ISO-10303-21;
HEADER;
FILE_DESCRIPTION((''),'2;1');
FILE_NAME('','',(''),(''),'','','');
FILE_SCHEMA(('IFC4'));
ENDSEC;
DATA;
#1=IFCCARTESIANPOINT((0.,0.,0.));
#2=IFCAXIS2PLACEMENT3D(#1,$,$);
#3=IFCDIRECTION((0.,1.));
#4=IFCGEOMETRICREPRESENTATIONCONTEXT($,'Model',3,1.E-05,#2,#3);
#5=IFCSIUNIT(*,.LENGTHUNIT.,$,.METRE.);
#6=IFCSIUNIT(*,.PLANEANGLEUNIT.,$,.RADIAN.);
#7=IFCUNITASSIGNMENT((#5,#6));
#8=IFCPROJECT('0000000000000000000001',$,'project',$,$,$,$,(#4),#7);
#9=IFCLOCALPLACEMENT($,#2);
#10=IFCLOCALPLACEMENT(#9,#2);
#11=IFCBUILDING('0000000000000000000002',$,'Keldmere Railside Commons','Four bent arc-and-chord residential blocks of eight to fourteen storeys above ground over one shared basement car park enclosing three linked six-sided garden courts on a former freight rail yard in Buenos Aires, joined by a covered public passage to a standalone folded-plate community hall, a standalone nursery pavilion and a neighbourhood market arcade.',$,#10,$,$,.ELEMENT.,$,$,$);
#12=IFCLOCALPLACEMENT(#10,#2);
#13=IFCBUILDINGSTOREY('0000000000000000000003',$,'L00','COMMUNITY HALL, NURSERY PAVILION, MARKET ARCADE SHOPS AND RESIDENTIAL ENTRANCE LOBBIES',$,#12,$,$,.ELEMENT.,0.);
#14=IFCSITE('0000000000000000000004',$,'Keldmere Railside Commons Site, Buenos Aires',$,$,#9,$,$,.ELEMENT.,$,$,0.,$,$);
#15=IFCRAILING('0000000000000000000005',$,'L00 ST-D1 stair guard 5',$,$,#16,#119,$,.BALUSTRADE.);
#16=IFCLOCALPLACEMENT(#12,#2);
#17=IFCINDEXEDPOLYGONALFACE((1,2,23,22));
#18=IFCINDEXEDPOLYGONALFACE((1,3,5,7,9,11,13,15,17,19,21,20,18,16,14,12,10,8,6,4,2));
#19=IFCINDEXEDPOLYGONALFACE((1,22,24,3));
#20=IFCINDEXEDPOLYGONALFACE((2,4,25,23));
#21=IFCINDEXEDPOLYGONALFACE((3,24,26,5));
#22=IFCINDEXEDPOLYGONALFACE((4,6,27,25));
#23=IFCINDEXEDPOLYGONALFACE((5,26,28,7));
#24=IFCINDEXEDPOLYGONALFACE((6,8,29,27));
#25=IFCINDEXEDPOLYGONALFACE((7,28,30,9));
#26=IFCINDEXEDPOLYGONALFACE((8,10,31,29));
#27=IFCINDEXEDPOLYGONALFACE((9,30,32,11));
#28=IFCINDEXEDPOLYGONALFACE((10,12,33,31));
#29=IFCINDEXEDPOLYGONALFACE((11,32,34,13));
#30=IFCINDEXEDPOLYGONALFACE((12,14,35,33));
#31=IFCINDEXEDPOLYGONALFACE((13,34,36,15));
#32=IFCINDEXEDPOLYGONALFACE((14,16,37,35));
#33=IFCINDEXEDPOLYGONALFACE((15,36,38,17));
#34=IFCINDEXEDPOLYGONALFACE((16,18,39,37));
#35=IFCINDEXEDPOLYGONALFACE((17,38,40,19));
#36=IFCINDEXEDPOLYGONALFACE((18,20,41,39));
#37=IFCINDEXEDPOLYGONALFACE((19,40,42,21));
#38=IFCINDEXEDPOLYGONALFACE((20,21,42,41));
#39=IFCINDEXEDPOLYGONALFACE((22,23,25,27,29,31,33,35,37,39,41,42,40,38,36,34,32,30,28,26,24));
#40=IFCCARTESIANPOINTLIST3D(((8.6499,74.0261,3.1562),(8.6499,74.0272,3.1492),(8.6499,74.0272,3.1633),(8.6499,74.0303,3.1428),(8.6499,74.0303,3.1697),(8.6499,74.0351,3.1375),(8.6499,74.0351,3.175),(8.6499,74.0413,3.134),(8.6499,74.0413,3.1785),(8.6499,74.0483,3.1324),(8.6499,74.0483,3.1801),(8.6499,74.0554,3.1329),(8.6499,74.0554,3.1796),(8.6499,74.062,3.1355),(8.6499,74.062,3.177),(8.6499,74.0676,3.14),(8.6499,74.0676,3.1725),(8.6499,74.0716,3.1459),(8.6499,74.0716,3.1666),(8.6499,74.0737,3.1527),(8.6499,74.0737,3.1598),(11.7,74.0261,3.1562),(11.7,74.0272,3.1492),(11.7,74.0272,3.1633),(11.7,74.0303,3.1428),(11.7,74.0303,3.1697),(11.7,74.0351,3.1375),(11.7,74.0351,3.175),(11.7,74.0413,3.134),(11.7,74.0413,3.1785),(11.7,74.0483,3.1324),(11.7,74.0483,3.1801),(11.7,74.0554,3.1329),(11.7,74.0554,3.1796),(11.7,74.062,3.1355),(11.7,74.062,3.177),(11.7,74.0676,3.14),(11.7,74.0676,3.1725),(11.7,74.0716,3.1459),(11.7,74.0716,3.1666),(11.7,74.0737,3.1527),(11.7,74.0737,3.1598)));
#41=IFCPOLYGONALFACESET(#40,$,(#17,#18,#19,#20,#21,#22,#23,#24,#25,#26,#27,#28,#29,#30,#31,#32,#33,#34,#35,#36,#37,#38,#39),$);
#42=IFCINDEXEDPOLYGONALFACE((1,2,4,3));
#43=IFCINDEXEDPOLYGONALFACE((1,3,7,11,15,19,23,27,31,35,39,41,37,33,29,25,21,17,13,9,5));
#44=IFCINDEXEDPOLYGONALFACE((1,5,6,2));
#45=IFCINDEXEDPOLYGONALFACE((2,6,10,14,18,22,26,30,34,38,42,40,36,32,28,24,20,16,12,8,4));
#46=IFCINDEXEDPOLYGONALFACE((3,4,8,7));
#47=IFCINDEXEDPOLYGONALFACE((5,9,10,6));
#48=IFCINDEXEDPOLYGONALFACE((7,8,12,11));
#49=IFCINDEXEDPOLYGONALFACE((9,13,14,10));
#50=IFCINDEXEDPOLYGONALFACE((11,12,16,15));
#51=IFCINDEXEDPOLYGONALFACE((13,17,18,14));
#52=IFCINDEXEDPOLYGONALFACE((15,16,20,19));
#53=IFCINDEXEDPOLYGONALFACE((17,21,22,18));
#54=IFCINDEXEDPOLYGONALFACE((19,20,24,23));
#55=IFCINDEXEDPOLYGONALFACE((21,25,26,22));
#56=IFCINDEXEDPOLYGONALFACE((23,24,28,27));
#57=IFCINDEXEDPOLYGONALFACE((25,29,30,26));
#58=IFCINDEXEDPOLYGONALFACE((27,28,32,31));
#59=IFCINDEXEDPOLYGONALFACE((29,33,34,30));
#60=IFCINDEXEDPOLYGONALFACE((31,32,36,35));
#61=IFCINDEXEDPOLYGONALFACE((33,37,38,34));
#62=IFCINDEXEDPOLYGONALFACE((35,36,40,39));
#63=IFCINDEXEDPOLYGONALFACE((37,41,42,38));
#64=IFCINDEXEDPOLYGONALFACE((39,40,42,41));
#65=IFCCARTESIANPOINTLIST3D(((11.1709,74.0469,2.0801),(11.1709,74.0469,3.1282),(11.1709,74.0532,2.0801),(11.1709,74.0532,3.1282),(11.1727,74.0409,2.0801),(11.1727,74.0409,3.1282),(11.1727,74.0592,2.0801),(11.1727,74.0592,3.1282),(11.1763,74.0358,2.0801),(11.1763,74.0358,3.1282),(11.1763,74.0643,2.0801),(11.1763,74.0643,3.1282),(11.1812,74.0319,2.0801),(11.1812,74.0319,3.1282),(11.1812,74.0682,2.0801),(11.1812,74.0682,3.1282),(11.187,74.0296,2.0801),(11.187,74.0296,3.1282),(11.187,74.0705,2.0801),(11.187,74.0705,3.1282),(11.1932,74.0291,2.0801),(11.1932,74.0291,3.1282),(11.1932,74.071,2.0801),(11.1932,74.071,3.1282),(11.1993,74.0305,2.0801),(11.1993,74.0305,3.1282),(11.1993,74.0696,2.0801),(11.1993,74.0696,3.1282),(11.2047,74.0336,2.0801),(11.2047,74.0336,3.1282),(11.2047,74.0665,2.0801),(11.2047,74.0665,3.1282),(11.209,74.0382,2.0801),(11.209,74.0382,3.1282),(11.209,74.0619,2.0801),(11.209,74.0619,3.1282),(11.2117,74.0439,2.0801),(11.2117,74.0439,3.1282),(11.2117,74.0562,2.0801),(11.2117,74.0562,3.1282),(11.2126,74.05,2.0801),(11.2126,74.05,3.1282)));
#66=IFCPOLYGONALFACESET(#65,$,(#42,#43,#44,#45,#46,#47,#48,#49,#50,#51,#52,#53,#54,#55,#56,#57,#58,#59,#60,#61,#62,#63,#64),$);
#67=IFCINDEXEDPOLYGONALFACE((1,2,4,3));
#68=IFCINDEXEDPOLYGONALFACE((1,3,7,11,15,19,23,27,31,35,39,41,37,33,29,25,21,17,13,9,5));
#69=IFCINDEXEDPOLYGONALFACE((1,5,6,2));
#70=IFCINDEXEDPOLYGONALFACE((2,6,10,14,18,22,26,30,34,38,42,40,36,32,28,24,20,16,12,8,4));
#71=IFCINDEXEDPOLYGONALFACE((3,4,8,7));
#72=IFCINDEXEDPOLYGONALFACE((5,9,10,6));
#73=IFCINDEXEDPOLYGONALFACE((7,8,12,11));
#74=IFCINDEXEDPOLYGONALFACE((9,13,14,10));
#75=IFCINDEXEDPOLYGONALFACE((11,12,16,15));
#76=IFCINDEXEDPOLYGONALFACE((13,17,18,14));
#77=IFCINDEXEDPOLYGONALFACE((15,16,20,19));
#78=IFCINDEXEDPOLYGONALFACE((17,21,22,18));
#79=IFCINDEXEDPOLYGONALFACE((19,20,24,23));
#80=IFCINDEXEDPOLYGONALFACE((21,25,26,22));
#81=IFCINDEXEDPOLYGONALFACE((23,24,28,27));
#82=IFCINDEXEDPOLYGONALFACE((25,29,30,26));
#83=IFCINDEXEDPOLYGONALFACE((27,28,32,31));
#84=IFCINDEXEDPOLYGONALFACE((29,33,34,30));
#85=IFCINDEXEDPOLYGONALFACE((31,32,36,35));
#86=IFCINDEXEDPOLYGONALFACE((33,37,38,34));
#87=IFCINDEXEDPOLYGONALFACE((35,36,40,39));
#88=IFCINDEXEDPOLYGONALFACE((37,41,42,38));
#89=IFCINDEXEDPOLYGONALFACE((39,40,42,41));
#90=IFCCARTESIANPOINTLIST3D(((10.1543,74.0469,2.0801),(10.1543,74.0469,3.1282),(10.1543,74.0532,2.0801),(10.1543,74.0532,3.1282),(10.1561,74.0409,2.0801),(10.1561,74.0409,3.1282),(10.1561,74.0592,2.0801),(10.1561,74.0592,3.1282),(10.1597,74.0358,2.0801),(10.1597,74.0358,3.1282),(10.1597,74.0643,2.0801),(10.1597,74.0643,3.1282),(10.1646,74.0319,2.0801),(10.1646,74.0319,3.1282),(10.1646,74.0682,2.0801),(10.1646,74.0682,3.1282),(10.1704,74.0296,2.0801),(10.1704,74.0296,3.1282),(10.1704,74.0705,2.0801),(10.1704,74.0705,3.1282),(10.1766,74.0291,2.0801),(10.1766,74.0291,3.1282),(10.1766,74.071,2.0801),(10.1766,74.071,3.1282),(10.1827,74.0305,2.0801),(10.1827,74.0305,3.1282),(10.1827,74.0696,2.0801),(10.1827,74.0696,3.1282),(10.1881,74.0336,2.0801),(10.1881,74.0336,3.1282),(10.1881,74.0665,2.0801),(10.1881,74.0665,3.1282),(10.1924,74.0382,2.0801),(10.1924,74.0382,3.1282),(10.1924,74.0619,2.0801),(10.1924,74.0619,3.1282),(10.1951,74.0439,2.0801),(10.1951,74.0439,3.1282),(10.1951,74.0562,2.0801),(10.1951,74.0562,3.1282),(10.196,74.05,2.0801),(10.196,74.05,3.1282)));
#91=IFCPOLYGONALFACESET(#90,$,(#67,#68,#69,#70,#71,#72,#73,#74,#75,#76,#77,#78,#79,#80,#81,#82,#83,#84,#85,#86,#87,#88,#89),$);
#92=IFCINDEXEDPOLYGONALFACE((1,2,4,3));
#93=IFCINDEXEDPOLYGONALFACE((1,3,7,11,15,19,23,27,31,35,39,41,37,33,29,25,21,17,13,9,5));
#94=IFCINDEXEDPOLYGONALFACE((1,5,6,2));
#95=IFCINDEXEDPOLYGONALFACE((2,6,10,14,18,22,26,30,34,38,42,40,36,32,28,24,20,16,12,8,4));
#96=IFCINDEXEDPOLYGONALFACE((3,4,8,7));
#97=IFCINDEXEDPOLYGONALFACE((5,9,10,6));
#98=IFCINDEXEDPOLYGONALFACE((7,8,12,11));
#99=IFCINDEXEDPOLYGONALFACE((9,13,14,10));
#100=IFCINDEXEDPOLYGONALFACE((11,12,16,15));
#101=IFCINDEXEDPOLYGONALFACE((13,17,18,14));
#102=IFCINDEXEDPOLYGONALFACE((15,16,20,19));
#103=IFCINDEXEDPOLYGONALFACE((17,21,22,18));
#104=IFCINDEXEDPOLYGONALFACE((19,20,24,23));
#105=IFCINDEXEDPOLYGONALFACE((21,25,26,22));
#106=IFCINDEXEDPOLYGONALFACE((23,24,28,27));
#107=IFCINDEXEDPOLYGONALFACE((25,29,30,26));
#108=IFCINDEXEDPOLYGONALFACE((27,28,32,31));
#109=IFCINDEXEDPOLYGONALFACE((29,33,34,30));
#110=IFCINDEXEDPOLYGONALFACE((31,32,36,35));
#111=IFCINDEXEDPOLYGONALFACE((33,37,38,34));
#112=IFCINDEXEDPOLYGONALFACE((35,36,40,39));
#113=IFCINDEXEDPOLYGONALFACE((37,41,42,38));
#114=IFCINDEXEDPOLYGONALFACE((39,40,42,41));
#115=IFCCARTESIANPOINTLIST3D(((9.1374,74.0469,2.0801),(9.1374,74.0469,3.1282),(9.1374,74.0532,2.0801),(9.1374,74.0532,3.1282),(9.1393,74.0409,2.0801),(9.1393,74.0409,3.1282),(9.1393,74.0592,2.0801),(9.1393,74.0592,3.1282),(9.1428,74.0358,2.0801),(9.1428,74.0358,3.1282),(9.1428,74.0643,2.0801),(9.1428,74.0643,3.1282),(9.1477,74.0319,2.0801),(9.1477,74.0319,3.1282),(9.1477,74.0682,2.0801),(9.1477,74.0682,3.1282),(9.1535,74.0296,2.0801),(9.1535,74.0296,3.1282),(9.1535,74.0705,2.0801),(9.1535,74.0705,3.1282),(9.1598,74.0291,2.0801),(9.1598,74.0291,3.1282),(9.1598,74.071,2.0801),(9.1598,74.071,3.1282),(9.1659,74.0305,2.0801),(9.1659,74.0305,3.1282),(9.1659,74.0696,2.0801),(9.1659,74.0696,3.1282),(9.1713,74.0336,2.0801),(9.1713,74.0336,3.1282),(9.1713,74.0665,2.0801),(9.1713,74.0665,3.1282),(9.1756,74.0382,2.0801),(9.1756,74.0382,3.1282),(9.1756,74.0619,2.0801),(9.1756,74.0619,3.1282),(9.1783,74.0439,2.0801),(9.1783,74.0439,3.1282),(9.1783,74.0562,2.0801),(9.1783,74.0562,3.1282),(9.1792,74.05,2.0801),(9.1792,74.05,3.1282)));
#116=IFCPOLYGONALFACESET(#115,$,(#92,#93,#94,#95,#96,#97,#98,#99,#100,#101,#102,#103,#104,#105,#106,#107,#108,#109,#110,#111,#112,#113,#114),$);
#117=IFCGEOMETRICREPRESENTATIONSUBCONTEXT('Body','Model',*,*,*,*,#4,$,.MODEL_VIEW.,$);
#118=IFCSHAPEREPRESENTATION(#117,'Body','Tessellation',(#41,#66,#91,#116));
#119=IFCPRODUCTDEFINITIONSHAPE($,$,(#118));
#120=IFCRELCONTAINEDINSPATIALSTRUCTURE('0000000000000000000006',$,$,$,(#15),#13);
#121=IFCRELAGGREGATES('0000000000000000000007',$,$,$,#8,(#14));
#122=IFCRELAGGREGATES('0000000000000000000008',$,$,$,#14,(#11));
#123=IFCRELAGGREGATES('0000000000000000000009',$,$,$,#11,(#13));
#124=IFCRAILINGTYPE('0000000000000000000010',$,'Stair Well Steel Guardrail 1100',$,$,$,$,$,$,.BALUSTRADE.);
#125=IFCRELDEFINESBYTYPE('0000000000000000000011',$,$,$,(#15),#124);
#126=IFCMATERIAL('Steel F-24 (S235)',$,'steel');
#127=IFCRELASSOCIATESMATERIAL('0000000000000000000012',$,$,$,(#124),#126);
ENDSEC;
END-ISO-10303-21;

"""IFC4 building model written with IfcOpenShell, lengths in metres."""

from ifc_helpers import new_model, si_unit, direction, frame, origin, origin_2d, place, context, subcontext, project, spatial, circle, extrude, material, type_object, element, save


model = new_model("IFC4")

# Units and contexts
model_context = context("Model", 3, precision=1e-05, world=origin(), true_north=direction((0.0, 1.0)))
body_context = subcontext(model_context, "Body", "Model", "MODEL_VIEW")
ifc_project = project(units=[si_unit("LENGTHUNIT", "METRE"), si_unit("PLANEANGLEUNIT", "RADIAN")], contexts=[model_context])

# Site, building, storey
site_placement = place(None, origin())
site = spatial("IfcSite", under=ifc_project, at=site_placement, Name="Keldmere Railside Commons Site, Buenos Aires", CompositionType="ELEMENT", RefElevation=0.0)
building_placement = place(site_placement, origin())
building = spatial("IfcBuilding", under=site, at=building_placement, Name="Keldmere Railside Commons", Description="Four bent arc-and-chord residential blocks of eight to fourteen storeys above ground over one shared basement car park enclosing three linked six-sided garden courts on a former freight rail yard in Buenos Aires, joined by a covered public passage to a standalone folded-plate community hall, a standalone nursery pavilion and a neighbourhood market arcade.", CompositionType="ELEMENT")
storey_placement = place(building_placement, origin())
storey = spatial("IfcBuildingStorey", under=building, at=storey_placement, Name="L00", Description="COMMUNITY HALL, NURSERY PAVILION, MARKET ARCADE SHOPS AND RESIDENTIAL ENTRANCE LOBBIES", CompositionType="ELEMENT", Elevation=0.0)

# Shared definitions
ifc_material_1 = material(Name="Steel F-24 (S235)", Category="steel")

# Railing
railing_type_1 = type_object("IfcRailingType", Name="Stair Well Steel Guardrail 1100", PredefinedType="BALUSTRADE", material=ifc_material_1)
railing_1_placement = place(storey_placement, frame((11.7, 74.05, 2.0801)))
element("IfcRailing", 1, at=railing_1_placement, inside=storey, type_object=railing_type_1, Name="L00 ST-D1 stair guard 5", PredefinedType="BALUSTRADE", context=body_context, shape_type="SweptSolid", body=[
    extrude(circle(Radius=0.0239, at=origin_2d()), frame((0.0, 0.0, 1.0762), z_axis=(-1.0, 0.0, 0.0), x_axis=(0.0, -1.0, 0.0)), (0.0, 0.0, 1.0), 3.05),
    extrude(circle(Radius=0.021, at=origin_2d()), frame((-0.5083, 0.0, 0.0)), (0.0, 0.0, 1.0), 1.0481),
    extrude(circle(Radius=0.021, at=origin_2d()), frame((-1.5249, 0.0, 0.0)), (0.0, 0.0, 1.0), 1.0481),
    extrude(circle(Radius=0.021, at=origin_2d()), frame((-2.5417, 0.0, 0.0)), (0.0, 0.0, 1.0), 1.0481),
])

save(model, "model.ifc")
